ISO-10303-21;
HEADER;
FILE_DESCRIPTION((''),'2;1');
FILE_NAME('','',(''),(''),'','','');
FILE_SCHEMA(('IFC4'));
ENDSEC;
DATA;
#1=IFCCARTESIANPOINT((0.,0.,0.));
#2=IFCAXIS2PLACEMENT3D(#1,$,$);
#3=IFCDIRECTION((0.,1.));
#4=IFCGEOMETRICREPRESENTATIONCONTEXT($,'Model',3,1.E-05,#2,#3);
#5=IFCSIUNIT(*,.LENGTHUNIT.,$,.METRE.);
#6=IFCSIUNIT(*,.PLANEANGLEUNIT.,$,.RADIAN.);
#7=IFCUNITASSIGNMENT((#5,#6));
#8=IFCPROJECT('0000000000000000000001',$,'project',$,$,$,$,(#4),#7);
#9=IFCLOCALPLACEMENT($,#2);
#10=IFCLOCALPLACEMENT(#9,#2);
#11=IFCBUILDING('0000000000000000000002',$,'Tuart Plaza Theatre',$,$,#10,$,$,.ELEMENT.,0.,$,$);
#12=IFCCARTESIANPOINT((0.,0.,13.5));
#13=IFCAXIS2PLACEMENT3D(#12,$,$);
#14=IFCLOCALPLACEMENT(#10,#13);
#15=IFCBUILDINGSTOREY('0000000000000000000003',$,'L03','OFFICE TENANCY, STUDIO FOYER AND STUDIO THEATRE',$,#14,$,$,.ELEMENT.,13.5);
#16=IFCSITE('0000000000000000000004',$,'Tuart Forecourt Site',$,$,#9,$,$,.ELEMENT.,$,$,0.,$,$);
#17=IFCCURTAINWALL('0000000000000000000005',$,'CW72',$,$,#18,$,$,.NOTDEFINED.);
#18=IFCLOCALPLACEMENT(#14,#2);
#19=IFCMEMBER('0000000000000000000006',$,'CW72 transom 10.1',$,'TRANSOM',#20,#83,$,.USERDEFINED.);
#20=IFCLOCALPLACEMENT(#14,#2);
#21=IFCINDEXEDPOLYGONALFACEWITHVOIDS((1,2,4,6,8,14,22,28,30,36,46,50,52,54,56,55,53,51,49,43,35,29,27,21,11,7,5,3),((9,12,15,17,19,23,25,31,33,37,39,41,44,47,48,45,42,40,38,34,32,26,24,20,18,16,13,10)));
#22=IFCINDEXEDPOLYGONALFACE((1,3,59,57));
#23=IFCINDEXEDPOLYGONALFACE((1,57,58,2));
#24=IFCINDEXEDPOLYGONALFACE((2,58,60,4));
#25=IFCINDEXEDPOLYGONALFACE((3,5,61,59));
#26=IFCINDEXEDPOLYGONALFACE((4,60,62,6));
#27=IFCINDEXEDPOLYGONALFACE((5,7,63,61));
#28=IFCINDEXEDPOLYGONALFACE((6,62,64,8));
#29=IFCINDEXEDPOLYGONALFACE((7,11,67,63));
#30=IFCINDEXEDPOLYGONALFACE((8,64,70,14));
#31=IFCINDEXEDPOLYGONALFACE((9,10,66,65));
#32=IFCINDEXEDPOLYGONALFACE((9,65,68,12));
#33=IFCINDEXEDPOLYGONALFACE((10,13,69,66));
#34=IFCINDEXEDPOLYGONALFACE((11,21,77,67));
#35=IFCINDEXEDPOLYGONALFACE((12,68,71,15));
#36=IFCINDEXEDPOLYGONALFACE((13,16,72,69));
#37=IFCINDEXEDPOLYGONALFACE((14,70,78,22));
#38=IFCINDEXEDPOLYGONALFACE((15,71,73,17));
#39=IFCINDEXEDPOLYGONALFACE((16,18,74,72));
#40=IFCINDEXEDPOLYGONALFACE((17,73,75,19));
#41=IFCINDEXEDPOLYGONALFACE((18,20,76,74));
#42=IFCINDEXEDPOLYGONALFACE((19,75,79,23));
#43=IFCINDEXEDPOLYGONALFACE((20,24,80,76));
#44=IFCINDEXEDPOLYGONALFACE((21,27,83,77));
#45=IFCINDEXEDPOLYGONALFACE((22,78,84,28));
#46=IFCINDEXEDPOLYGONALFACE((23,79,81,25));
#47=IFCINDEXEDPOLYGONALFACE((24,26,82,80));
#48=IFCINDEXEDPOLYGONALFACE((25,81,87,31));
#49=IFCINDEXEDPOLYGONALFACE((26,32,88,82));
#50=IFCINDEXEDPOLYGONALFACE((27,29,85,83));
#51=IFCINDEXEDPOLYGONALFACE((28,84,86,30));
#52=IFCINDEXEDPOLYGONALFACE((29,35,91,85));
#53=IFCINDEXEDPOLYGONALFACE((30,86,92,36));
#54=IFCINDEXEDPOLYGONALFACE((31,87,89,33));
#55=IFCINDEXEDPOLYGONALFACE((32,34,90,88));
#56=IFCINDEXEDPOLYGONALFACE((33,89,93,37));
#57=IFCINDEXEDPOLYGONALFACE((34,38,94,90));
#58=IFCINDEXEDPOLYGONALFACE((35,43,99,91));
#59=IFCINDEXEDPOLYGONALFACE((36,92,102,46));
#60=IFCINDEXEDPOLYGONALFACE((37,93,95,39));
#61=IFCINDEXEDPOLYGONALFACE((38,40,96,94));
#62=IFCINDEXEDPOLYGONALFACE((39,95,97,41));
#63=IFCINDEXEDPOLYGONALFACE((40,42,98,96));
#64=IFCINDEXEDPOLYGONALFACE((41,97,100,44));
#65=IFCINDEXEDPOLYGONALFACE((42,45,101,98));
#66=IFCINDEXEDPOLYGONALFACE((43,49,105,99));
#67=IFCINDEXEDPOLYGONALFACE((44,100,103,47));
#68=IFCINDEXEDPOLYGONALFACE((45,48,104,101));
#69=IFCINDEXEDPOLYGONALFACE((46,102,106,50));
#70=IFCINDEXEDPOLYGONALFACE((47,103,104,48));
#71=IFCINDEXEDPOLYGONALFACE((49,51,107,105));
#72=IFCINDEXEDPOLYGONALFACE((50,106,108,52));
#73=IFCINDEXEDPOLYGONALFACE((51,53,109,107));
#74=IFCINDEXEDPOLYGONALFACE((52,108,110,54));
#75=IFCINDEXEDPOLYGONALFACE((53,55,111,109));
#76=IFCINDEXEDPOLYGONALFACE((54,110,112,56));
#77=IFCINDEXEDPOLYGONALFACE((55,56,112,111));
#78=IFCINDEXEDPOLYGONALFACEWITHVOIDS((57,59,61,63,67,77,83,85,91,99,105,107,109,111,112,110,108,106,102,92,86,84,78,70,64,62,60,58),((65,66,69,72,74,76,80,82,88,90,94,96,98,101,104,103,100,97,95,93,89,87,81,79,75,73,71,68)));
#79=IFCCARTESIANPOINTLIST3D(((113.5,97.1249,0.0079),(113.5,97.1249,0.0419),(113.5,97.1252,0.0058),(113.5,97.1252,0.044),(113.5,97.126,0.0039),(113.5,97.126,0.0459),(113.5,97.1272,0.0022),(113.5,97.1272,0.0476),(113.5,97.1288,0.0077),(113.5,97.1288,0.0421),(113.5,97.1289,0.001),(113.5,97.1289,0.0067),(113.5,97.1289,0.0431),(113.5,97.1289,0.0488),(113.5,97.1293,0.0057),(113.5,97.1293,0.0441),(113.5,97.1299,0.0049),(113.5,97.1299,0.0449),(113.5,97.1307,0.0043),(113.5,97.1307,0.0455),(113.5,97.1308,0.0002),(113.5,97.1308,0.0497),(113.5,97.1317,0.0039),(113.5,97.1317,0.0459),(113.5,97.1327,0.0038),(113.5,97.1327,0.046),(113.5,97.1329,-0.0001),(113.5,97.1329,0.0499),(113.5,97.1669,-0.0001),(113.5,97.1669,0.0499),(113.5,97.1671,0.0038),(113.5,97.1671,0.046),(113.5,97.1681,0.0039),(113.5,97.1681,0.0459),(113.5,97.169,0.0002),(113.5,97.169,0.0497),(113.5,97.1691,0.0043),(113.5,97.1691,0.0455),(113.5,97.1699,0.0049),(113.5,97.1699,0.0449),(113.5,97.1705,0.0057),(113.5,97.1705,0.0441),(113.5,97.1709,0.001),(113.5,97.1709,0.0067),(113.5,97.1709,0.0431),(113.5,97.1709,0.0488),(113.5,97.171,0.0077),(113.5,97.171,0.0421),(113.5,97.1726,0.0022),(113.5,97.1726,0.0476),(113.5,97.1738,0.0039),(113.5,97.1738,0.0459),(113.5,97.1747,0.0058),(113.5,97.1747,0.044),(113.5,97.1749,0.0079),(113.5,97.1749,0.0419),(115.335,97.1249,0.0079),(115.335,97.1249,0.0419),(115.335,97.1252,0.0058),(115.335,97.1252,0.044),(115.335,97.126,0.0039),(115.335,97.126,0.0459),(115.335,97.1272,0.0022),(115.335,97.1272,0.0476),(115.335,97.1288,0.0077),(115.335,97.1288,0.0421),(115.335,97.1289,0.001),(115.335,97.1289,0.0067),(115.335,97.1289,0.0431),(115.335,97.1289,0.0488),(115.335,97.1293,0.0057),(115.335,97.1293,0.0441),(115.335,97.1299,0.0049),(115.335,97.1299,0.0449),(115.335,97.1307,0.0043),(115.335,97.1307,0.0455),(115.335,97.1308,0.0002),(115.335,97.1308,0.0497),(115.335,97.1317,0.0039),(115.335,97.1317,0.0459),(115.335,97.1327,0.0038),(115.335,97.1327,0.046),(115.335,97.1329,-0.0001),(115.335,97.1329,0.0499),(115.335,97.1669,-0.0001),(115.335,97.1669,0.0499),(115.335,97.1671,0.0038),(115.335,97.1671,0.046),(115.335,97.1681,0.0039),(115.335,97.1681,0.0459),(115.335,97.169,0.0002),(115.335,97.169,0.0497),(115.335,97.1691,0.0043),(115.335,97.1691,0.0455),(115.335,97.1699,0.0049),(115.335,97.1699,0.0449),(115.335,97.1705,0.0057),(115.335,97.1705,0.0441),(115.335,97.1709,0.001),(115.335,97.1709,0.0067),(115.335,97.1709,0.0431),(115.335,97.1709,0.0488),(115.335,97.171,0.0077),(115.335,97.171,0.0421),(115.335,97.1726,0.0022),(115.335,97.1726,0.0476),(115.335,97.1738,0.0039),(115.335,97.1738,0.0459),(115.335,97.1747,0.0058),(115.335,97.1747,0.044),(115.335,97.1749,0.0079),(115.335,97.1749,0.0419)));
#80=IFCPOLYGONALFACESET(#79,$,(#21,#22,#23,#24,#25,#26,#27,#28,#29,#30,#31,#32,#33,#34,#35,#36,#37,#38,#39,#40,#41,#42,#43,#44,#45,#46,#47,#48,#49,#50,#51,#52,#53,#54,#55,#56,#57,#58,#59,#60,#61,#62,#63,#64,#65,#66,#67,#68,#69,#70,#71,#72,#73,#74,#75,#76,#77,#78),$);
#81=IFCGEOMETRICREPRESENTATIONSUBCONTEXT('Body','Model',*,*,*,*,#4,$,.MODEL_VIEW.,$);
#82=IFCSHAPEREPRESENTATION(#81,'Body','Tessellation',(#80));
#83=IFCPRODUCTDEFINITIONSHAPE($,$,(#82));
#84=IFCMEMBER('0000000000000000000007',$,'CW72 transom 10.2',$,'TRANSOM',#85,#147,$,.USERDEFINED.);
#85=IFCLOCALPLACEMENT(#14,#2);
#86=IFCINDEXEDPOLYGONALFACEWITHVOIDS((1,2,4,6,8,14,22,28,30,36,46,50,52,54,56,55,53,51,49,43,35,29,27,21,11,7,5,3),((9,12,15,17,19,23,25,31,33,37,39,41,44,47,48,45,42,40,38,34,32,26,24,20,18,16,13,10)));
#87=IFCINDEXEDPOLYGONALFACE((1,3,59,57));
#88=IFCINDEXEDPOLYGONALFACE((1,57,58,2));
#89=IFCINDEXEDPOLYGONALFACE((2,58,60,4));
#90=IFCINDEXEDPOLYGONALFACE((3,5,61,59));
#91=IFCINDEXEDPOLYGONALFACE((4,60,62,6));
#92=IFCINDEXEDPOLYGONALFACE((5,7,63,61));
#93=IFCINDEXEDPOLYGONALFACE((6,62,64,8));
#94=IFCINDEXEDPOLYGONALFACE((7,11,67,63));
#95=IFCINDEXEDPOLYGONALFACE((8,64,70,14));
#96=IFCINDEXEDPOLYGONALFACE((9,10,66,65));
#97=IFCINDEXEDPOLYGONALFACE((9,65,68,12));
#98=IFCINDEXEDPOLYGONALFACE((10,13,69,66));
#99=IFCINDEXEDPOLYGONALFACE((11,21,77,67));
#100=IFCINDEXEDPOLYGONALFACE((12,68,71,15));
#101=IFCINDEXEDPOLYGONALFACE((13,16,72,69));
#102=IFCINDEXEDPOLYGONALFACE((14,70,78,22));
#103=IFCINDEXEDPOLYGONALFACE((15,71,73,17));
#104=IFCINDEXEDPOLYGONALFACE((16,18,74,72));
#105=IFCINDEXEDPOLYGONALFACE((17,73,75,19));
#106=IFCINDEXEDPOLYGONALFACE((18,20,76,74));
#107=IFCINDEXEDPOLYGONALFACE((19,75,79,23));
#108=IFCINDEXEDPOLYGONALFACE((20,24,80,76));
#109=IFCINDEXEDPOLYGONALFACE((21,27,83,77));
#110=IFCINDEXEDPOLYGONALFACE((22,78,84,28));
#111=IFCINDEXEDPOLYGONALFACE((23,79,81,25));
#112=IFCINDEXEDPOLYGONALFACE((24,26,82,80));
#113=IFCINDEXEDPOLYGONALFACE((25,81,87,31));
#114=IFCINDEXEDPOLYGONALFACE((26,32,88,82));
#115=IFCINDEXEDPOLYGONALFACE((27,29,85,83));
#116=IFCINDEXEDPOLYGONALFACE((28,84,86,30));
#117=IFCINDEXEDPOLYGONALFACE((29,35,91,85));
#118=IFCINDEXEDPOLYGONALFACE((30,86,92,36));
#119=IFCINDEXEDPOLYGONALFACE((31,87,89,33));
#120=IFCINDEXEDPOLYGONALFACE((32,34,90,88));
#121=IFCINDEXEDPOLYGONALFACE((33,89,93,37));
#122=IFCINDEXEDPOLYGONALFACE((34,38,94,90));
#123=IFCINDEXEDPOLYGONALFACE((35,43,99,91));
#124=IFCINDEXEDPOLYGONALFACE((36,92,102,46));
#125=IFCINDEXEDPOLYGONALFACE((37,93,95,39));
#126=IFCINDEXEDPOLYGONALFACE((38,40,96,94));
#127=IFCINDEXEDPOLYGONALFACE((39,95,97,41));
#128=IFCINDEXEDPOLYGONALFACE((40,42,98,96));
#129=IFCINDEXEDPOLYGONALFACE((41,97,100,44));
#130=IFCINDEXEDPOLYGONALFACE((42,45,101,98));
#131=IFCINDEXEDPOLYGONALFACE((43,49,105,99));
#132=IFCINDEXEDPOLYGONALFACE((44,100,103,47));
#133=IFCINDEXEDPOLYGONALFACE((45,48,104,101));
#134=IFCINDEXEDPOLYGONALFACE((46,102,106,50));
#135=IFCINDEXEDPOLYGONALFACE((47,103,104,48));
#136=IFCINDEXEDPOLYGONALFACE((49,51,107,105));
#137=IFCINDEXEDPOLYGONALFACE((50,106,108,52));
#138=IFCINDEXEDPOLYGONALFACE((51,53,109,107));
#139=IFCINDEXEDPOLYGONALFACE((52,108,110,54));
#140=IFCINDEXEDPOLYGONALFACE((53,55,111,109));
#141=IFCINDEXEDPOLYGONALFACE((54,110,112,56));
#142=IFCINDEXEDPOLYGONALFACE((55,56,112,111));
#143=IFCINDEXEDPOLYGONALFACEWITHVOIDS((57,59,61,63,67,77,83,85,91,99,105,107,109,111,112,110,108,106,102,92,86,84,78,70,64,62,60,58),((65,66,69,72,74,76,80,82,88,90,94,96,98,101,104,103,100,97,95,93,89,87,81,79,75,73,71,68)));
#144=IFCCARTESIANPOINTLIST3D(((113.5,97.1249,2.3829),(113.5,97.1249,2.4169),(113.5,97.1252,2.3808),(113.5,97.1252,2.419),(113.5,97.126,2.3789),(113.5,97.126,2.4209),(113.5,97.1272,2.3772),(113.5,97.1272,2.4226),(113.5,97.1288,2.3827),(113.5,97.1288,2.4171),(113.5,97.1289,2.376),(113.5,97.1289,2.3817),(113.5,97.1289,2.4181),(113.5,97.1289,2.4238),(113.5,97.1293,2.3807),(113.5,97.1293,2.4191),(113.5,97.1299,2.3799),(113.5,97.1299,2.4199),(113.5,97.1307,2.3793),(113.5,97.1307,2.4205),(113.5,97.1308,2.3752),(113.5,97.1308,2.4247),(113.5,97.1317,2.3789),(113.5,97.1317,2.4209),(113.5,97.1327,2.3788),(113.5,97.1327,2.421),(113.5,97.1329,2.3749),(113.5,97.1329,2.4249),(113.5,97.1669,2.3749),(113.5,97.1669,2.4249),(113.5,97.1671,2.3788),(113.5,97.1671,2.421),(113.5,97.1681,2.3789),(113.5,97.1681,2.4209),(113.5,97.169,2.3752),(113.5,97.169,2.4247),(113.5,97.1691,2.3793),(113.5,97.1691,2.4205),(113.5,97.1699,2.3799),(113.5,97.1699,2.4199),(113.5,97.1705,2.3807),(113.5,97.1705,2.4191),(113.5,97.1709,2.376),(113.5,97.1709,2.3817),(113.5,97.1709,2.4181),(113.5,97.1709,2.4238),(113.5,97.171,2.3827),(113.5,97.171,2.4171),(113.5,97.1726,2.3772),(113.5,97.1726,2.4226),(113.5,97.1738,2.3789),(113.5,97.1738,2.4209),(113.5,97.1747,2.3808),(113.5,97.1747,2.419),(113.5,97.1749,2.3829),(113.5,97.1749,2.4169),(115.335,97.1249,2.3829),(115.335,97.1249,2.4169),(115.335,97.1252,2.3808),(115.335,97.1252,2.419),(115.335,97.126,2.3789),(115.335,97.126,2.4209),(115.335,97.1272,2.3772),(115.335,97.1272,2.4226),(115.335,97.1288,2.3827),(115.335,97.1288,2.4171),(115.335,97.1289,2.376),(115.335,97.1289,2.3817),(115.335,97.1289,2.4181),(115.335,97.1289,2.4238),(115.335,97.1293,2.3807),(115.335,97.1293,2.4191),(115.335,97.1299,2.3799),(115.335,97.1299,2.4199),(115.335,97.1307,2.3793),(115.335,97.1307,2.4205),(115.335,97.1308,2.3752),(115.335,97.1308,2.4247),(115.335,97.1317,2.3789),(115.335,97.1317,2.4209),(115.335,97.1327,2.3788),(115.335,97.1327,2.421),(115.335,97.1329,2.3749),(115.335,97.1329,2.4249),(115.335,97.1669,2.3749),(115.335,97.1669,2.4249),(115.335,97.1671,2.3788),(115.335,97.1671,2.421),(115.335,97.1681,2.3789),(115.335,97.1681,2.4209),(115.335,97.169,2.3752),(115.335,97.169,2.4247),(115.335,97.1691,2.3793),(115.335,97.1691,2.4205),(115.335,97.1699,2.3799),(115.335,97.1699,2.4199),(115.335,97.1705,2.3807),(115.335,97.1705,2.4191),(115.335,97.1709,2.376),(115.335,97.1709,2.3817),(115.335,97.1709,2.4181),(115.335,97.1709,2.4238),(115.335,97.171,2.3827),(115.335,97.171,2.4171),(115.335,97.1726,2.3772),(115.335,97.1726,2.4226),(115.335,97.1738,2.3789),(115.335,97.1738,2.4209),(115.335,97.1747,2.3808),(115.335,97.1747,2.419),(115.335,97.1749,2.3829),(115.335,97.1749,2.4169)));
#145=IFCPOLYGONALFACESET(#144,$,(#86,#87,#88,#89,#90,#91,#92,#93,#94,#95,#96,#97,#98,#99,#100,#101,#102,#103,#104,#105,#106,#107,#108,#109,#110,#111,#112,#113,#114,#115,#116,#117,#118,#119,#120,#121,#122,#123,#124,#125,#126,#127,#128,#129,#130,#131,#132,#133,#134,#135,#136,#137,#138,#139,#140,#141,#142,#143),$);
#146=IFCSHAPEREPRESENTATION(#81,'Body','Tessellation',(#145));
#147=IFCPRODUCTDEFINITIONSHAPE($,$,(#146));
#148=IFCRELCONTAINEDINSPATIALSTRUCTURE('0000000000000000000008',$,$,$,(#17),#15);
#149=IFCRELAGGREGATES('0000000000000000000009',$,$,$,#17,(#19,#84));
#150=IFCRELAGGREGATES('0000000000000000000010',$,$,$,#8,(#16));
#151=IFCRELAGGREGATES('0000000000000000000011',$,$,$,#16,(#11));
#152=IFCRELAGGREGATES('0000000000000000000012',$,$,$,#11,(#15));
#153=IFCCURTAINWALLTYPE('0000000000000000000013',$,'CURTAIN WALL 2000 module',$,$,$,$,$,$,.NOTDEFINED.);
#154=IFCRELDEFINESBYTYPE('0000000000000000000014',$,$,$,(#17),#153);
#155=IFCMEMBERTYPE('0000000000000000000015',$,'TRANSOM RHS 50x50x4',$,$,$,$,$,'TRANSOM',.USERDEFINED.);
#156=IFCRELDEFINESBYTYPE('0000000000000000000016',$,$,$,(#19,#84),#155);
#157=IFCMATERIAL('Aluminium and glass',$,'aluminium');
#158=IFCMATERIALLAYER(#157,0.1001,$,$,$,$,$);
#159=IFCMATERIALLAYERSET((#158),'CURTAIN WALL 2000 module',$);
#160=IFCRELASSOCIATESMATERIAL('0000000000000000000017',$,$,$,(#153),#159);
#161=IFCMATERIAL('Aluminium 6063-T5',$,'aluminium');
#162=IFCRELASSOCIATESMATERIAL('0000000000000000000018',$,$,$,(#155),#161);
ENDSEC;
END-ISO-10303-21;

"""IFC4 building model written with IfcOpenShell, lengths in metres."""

from ifc_helpers import new_model, si_unit, direction, frame, origin, origin_2d, place, context, subcontext, project, spatial, hollow_rectangle, extrude, material, layer, layer_set, material_profile, profile_set, type_object, element, aggregate, save


model = new_model("IFC4")

# Units and contexts
model_context = context("Model", 3, precision=1e-05, world=origin(), true_north=direction((0.0, 1.0)))
body_context = subcontext(model_context, "Body", "Model", "MODEL_VIEW")
ifc_project = project(units=[si_unit("LENGTHUNIT", "METRE"), si_unit("PLANEANGLEUNIT", "RADIAN")], contexts=[model_context])

# Site, building, storey
site_placement = place(None, origin())
site = spatial("IfcSite", under=ifc_project, at=site_placement, Name="Tuart Forecourt Site", CompositionType="ELEMENT", RefElevation=0.0)
building_placement = place(site_placement, origin())
building = spatial("IfcBuilding", under=site, at=building_placement, Name="Tuart Plaza Theatre", CompositionType="ELEMENT", ElevationOfRefHeight=0.0)
storey_placement = place(building_placement, frame((0.0, 0.0, 13.5)))
storey = spatial("IfcBuildingStorey", under=building, at=storey_placement, Name="L03", Description="OFFICE TENANCY, STUDIO FOYER AND STUDIO THEATRE", CompositionType="ELEMENT", Elevation=13.5)

# Curtain wall, members
ifc_material_1 = material(Name="Aluminium and glass", Category="aluminium")
ifc_layer_1 = layer(ifc_material_1, 0.1001)
ifc_layer_set_1 = layer_set([ifc_layer_1], Name="CURTAIN WALL 2000 module")
curtain_wall_type = type_object("IfcCurtainWallType", Name="CURTAIN WALL 2000 module", PredefinedType="NOTDEFINED", material=ifc_layer_set_1)
curtain_wall_1_placement = place(storey_placement, origin())
curtain_wall_1 = element("IfcCurtainWall", 1, at=curtain_wall_1_placement, inside=storey, type_object=curtain_wall_type, Name="CW72", PredefinedType="NOTDEFINED")
ifc_material_2 = material(Name="Aluminium 6063-T5", Category="aluminium")
ifc_material_profile_1 = material_profile(ifc_material_2, hollow_rectangle(XDim=0.05, YDim=0.05, WallThickness=0.0039, InnerFilletRadius=0.0039, OuterFilletRadius=0.0081, at=origin_2d()), Name="RHS 50x50x4")
ifc_profile_set_1 = profile_set([ifc_material_profile_1], Name="Aluminium 6063-T5")
member_type_1 = type_object("IfcMemberType", Name="TRANSOM RHS 50x50x4", ElementType="TRANSOM", PredefinedType="USERDEFINED", material=ifc_profile_set_1)
member_1_placement = place(storey_placement, frame((115.335, 97.1499, 0.0249), z_axis=(-1.0, 0.0, 0.0), x_axis=(0.0, -1.0, 0.0)))
member_1 = element("IfcMember", 2, at=member_1_placement, type_object=member_type_1, Name="CW72 transom 10.1", ObjectType="TRANSOM", PredefinedType="USERDEFINED", context=body_context, shape_type="SweptSolid", body=[
    extrude(hollow_rectangle(XDim=0.05, YDim=0.05, WallThickness=0.0039, InnerFilletRadius=0.0039, OuterFilletRadius=0.0081, at=origin_2d()), origin(), (0.0, 0.0, 1.0), 1.835),
])
member_2_placement = place(storey_placement, frame((115.335, 97.1499, 2.3999), z_axis=(-1.0, 0.0, 0.0), x_axis=(0.0, -1.0, 0.0)))
member_2 = element("IfcMember", 3, at=member_2_placement, type_object=member_type_1, Name="CW72 transom 10.2", ObjectType="TRANSOM", PredefinedType="USERDEFINED", context=body_context, shape_type="SweptSolid", body=[
    extrude(hollow_rectangle(XDim=0.05, YDim=0.05, WallThickness=0.0039, InnerFilletRadius=0.0039, OuterFilletRadius=0.0081, at=origin_2d()), origin(), (0.0, 0.0, 1.0), 1.835),
])

aggregate(curtain_wall_1, [member_1, member_2])

save(model, "model.ifc")
